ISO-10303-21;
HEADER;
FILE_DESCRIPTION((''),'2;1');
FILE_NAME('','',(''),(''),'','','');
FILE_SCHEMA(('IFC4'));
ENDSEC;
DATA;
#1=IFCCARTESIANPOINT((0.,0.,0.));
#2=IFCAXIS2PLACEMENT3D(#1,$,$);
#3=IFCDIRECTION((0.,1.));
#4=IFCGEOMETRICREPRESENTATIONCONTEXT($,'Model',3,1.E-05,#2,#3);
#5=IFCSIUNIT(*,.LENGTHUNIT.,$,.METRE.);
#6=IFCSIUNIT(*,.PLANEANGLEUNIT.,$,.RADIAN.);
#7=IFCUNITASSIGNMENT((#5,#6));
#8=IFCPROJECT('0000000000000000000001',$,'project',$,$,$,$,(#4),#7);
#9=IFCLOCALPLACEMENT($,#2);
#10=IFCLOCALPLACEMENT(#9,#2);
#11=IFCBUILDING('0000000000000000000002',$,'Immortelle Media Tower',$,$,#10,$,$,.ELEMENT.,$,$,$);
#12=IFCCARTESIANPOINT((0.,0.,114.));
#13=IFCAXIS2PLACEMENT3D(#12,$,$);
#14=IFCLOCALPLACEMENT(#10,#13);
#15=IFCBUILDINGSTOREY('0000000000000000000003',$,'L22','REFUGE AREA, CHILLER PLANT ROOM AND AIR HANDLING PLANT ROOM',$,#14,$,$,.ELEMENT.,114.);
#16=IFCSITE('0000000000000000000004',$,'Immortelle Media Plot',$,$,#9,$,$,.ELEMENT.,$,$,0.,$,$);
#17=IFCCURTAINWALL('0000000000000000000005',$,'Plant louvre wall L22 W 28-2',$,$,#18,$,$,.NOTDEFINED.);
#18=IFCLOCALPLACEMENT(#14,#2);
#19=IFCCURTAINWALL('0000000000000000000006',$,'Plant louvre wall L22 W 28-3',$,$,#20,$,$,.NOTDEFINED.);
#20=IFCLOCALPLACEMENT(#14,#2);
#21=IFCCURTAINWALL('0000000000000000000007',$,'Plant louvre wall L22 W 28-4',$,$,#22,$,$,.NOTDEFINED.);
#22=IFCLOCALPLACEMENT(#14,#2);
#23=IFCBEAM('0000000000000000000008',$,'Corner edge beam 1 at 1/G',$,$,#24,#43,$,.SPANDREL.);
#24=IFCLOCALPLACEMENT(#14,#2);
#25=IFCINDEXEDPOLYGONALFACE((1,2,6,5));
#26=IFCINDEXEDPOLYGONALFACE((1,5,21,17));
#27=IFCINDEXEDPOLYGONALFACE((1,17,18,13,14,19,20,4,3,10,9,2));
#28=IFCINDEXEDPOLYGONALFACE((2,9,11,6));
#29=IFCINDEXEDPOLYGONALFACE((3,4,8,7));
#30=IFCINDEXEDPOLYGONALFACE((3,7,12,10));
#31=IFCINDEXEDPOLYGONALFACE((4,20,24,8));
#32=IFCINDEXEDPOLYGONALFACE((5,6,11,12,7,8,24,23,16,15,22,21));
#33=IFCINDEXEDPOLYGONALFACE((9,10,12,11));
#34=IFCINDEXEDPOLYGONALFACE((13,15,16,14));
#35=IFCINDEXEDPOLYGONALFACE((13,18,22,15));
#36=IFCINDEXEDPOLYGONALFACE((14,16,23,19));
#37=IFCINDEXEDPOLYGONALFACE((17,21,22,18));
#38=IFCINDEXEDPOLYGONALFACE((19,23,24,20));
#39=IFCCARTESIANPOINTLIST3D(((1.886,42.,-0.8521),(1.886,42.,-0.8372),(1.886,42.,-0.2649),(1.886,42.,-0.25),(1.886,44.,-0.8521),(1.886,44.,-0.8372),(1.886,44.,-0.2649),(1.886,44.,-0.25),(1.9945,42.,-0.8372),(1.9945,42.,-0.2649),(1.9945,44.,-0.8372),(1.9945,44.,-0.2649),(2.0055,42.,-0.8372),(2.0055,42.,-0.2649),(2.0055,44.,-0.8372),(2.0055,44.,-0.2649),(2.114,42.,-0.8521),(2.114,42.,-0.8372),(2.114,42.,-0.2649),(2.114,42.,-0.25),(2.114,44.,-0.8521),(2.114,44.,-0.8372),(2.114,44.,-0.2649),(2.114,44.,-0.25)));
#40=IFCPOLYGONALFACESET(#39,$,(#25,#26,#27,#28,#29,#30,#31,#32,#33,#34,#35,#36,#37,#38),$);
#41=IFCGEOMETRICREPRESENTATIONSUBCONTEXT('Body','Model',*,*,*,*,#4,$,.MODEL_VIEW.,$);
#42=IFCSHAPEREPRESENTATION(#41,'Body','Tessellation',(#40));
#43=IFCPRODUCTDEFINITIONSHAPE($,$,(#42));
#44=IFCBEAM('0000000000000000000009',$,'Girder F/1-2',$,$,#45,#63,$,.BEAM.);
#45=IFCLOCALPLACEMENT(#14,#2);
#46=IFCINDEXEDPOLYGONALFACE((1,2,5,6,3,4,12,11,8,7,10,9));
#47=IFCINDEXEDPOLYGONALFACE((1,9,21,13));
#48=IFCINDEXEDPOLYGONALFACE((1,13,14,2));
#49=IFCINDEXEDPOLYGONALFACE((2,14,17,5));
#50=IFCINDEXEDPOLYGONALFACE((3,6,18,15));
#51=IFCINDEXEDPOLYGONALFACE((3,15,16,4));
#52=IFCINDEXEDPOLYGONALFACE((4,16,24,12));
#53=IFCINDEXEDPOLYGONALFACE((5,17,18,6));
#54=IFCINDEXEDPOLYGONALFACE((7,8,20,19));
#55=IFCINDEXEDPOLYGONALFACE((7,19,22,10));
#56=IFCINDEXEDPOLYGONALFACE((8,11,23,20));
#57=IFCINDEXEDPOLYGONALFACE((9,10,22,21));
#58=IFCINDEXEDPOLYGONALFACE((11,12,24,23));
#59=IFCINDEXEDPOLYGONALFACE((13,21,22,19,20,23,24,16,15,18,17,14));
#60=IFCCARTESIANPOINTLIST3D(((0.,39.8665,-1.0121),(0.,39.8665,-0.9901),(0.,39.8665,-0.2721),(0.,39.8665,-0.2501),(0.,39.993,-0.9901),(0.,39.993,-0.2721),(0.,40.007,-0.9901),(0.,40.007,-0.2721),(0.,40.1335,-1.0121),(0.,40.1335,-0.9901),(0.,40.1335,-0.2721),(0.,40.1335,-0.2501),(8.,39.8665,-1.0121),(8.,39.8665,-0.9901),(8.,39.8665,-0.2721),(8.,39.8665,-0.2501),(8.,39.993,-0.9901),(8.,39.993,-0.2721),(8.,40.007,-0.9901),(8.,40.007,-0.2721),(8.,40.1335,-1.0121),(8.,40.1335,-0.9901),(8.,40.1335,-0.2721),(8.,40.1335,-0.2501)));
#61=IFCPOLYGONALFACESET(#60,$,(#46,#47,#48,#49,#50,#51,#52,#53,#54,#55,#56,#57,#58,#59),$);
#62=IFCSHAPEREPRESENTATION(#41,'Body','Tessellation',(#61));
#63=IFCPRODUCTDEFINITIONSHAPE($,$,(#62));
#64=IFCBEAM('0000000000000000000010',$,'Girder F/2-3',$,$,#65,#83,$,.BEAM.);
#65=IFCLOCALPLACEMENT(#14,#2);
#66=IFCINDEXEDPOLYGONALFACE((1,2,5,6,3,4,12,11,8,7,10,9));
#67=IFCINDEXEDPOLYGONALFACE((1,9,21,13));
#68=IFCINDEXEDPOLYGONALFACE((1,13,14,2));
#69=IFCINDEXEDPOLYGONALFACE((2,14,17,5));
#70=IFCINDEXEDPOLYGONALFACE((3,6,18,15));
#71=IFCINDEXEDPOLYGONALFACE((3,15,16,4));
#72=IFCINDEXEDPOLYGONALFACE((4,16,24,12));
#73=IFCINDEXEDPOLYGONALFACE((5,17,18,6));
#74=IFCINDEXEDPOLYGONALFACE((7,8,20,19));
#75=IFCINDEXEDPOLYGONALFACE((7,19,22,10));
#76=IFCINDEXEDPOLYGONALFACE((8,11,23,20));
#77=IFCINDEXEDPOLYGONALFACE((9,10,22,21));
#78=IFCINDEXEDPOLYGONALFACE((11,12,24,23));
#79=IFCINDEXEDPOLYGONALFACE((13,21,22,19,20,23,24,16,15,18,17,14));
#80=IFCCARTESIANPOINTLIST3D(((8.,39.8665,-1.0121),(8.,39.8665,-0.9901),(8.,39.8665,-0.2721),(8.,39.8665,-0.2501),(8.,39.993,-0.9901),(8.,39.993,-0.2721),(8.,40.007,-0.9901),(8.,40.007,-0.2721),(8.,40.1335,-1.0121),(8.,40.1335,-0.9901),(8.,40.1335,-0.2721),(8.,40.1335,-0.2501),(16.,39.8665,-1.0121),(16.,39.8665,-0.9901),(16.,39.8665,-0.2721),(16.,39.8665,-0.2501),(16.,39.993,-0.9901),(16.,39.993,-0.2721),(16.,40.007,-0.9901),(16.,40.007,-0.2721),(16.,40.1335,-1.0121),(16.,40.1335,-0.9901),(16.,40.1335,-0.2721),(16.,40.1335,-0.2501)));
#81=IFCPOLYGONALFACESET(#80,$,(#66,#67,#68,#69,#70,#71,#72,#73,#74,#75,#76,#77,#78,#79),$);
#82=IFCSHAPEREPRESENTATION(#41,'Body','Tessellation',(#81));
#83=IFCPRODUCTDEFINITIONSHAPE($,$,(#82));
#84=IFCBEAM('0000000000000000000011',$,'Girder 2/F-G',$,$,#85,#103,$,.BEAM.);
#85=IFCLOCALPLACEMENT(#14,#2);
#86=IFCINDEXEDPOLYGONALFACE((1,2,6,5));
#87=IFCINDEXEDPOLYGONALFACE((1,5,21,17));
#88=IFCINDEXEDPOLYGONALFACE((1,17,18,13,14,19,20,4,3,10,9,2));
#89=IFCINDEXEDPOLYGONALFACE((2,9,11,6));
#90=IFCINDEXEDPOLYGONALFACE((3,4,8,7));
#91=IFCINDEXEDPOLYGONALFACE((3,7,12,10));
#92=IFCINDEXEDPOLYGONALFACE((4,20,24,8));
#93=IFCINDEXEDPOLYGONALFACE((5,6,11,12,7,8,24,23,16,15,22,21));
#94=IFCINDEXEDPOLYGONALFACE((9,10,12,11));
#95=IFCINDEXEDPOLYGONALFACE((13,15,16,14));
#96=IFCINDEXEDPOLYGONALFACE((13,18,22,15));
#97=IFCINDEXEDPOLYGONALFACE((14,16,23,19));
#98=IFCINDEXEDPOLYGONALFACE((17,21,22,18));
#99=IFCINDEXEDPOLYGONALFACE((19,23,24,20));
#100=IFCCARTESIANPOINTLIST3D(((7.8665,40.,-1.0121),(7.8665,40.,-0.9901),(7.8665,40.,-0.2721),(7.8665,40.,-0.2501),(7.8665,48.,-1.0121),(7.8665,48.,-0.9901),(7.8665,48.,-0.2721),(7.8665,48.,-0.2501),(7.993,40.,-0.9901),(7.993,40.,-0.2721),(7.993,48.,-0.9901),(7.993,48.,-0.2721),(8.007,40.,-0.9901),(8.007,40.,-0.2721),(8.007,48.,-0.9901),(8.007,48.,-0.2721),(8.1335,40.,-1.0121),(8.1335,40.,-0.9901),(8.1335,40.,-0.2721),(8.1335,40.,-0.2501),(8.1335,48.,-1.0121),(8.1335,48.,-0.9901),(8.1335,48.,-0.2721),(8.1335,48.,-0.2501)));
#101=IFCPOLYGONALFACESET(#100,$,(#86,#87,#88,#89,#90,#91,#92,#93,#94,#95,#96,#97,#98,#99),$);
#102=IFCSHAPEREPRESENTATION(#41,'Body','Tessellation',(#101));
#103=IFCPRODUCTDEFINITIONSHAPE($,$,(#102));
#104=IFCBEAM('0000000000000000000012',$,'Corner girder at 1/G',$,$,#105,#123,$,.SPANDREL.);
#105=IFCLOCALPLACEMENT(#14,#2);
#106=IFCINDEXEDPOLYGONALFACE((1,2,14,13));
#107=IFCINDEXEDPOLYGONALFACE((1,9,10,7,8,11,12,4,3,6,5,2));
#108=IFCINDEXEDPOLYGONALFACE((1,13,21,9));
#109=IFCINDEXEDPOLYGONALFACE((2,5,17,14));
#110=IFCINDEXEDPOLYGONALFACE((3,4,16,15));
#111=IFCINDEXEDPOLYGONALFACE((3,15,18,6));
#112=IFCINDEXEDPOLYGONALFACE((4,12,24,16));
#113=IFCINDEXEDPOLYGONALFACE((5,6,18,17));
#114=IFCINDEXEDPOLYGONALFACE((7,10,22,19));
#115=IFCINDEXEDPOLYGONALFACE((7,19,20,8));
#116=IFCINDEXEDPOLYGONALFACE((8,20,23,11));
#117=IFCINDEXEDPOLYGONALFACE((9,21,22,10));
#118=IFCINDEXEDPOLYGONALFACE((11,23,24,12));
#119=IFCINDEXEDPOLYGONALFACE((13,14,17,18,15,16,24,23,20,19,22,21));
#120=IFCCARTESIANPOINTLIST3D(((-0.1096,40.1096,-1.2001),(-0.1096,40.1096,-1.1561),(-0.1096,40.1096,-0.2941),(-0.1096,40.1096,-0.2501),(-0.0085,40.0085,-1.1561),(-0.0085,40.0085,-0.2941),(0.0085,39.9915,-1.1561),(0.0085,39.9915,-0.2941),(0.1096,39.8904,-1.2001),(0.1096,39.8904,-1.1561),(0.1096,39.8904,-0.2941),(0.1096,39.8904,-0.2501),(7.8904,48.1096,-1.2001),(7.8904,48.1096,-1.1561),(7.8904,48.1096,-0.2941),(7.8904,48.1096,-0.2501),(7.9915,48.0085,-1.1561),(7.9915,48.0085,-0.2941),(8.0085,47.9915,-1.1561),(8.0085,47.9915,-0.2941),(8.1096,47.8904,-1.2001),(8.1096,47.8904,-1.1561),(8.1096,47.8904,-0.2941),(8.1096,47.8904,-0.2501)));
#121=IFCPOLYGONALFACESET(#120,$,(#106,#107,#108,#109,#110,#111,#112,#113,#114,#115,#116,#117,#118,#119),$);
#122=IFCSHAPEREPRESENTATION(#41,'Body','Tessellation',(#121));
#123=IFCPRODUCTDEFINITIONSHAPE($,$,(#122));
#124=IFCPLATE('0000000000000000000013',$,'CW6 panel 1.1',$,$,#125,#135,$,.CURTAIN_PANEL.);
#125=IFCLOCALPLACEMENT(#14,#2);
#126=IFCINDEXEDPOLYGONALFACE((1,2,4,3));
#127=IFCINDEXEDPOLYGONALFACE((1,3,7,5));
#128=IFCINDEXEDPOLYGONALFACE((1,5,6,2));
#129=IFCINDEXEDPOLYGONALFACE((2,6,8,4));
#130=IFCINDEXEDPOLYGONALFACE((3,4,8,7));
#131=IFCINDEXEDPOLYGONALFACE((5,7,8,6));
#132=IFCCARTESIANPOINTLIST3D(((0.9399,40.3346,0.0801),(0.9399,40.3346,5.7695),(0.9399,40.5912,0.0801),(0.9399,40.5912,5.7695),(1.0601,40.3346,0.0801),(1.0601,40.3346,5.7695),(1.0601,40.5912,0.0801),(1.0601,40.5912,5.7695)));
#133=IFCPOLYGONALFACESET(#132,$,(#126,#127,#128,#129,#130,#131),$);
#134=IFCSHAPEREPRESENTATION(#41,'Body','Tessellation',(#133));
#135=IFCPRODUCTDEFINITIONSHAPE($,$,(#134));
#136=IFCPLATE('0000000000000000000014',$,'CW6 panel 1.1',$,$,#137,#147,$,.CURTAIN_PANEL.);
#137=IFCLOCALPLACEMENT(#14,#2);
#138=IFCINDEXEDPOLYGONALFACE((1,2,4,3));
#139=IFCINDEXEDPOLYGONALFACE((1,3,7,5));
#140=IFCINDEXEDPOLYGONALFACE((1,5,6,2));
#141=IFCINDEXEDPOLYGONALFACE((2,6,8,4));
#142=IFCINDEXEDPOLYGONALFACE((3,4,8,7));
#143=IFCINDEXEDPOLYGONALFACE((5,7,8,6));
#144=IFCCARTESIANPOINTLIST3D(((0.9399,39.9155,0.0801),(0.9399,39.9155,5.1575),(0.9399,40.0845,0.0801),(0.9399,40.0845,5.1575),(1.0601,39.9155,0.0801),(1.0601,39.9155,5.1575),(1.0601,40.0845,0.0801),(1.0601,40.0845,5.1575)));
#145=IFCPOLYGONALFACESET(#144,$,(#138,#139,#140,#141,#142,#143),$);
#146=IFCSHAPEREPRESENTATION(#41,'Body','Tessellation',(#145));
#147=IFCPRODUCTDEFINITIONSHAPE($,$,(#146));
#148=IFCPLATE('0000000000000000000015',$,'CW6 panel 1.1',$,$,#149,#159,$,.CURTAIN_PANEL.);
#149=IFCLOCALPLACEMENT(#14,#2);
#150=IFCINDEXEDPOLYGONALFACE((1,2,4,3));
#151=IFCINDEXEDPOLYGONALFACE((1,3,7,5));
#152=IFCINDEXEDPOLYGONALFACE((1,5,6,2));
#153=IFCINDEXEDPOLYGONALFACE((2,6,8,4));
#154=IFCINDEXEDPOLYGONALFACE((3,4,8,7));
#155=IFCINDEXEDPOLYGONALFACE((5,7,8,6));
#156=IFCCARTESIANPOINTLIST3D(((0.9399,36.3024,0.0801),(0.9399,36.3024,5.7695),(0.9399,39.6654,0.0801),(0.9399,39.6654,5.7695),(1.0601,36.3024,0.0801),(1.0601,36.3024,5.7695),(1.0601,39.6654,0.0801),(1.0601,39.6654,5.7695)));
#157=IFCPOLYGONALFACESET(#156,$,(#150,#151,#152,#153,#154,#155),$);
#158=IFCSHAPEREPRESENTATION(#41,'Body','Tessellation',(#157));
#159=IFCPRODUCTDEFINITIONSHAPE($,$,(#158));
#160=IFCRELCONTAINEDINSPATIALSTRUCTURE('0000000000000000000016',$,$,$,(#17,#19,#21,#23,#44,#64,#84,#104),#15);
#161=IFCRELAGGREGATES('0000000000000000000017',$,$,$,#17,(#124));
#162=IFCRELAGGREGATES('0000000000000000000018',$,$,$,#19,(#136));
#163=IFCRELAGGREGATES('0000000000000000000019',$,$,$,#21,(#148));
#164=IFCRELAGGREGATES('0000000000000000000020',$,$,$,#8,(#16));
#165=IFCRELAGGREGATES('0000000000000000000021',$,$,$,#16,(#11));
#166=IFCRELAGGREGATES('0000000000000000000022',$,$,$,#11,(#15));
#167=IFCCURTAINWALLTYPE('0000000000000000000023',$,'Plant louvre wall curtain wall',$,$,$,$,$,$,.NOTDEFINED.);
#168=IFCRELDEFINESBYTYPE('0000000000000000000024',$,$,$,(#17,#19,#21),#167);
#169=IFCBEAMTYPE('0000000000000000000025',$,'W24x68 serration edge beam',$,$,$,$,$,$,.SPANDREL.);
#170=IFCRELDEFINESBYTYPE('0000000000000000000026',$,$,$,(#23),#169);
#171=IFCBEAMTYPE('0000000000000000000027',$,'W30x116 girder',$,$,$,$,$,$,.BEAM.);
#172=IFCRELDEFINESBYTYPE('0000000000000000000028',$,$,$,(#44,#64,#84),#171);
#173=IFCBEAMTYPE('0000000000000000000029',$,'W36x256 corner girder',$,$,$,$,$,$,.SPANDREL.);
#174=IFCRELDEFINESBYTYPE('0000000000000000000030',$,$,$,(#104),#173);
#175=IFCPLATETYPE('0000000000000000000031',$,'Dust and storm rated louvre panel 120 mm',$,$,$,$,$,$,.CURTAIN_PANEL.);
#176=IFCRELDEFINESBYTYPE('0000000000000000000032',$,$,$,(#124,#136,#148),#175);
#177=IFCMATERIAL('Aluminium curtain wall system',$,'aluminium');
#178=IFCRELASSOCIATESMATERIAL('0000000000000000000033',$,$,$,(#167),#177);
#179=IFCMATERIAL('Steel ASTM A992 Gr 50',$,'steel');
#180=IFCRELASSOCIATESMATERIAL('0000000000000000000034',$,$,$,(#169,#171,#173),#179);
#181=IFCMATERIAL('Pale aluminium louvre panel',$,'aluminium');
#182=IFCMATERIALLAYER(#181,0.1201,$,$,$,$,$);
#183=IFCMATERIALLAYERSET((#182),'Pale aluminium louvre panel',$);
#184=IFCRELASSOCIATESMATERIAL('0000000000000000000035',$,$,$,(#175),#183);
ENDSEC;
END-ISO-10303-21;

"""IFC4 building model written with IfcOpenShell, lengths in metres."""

from ifc_helpers import new_model, si_unit, direction, frame, origin, origin_2d, place, context, subcontext, project, spatial, rectangle, i_section, extrude, material, layer, layer_set, material_profile, profile_set, type_object, element, aggregate, save


model = new_model("IFC4")

# Units and contexts
model_context = context("Model", 3, precision=1e-05, world=origin(), true_north=direction((0.0, 1.0)))
body_context = subcontext(model_context, "Body", "Model", "MODEL_VIEW")
ifc_project = project(units=[si_unit("LENGTHUNIT", "METRE"), si_unit("PLANEANGLEUNIT", "RADIAN")], contexts=[model_context])

# Site, building, storey
site_placement = place(None, origin())
site = spatial("IfcSite", under=ifc_project, at=site_placement, Name="Immortelle Media Plot", CompositionType="ELEMENT", RefElevation=0.0)
building_placement = place(site_placement, origin())
building = spatial("IfcBuilding", under=site, at=building_placement, Name="Immortelle Media Tower", CompositionType="ELEMENT")
storey_placement = place(building_placement, frame((0.0, 0.0, 114.0)))
storey = spatial("IfcBuildingStorey", under=building, at=storey_placement, Name="L22", Description="REFUGE AREA, CHILLER PLANT ROOM AND AIR HANDLING PLANT ROOM", CompositionType="ELEMENT", Elevation=114.0)

# Shared definitions
ifc_material_1 = material(Name="Steel ASTM A992 Gr 50", Category="steel")

# Curtain walls
ifc_material_2 = material(Name="Aluminium curtain wall system", Category="aluminium")
curtain_wall_type = type_object("IfcCurtainWallType", Name="Plant louvre wall curtain wall", PredefinedType="NOTDEFINED", material=ifc_material_2)
curtain_wall_1_placement = place(storey_placement, origin())
curtain_wall_1 = element("IfcCurtainWall", 1, at=curtain_wall_1_placement, inside=storey, type_object=curtain_wall_type, Name="Plant louvre wall L22 W 28-2", PredefinedType="NOTDEFINED")
curtain_wall_2_placement = place(storey_placement, origin())
curtain_wall_2 = element("IfcCurtainWall", 2, at=curtain_wall_2_placement, inside=storey, type_object=curtain_wall_type, Name="Plant louvre wall L22 W 28-3", PredefinedType="NOTDEFINED")

# Curtain wall
curtain_wall_3_placement = place(storey_placement, origin())
curtain_wall_3 = element("IfcCurtainWall", 3, at=curtain_wall_3_placement, inside=storey, type_object=curtain_wall_type, Name="Plant louvre wall L22 W 28-4", PredefinedType="NOTDEFINED")

# Beams
ifc_material_profile_1 = material_profile(ifc_material_1, i_section(OverallWidth=0.228, OverallDepth=0.6021, WebThickness=0.011, FlangeThickness=0.0149, at=origin_2d()), Name="W24x68")
ifc_profile_set_1 = profile_set([ifc_material_profile_1], Name="Steel ASTM A992 Gr 50")
beam_type_1 = type_object("IfcBeamType", Name="W24x68 serration edge beam", PredefinedType="SPANDREL", material=ifc_profile_set_1)
beam_1_placement = place(storey_placement, frame((2.0, 42.0, -0.551), z_axis=(0.0, 1.0, 0.0), x_axis=(-1.0, 0.0, 0.0)))
element("IfcBeam", 4, at=beam_1_placement, inside=storey, type_object=beam_type_1, Name="Corner edge beam 1 at 1/G", PredefinedType="SPANDREL", context=body_context, shape_type="SweptSolid", body=[
    extrude(i_section(OverallWidth=0.228, OverallDepth=0.6021, WebThickness=0.011, FlangeThickness=0.0149, at=origin_2d()), origin(), (0.0, 0.0, 1.0), 2.0),
])
ifc_material_profile_2 = material_profile(ifc_material_1, i_section(OverallWidth=0.2671, OverallDepth=0.762, WebThickness=0.0139, FlangeThickness=0.022, at=origin_2d()), Name="W30x116")
ifc_profile_set_2 = profile_set([ifc_material_profile_2], Name="Steel ASTM A992 Gr 50")
beam_type_2 = type_object("IfcBeamType", Name="W30x116 girder", PredefinedType="BEAM", material=ifc_profile_set_2)
for number, where, z_axis, x_axis, name in (
    (5, (0.0, 40.0, -0.6311), (1.0, 0.0, 0.0), (0.0, 1.0, 0.0), "Girder F/1-2"),
    (6, (8.0, 40.0, -0.6311), (1.0, 0.0, 0.0), (0.0, 1.0, 0.0), "Girder F/2-3"),
    (7, (8.0, 40.0, -0.6311), (0.0, 1.0, 0.0), (-1.0, 0.0, 0.0), "Girder 2/F-G"),
):
    element("IfcBeam", number, at=place(storey_placement, frame(where, z_axis=z_axis, x_axis=x_axis)), inside=storey, type_object=beam_type_2, Name=name, PredefinedType="BEAM", context=body_context, shape_type="SweptSolid", body=[
        extrude(i_section(OverallWidth=0.2671, OverallDepth=0.762, WebThickness=0.0139, FlangeThickness=0.022, at=origin_2d()), origin(), (0.0, 0.0, 1.0), 8.0),
    ])
ifc_material_profile_3 = material_profile(ifc_material_1, i_section(OverallWidth=0.3101, OverallDepth=0.95, WebThickness=0.0239, FlangeThickness=0.0439, at=origin_2d()), Name="W36x256")
ifc_profile_set_3 = profile_set([ifc_material_profile_3], Name="Steel ASTM A992 Gr 50")
beam_type_3 = type_object("IfcBeamType", Name="W36x256 corner girder", PredefinedType="SPANDREL", material=ifc_profile_set_3)
beam_2_placement = place(storey_placement, frame((0.0, 40.0, -0.7251), z_axis=(0.707107, 0.707107, 0.0), x_axis=(-0.707107, 0.707107, 0.0)))
element("IfcBeam", 8, at=beam_2_placement, inside=storey, type_object=beam_type_3, Name="Corner girder at 1/G", PredefinedType="SPANDREL", context=body_context, shape_type="SweptSolid", body=[
    extrude(i_section(OverallWidth=0.3101, OverallDepth=0.95, WebThickness=0.0239, FlangeThickness=0.0439, at=origin_2d()), origin(), (0.0, 0.0, 1.0), 11.3137),
])

# Plates
ifc_material_3 = material(Name="Pale aluminium louvre panel", Category="aluminium")
ifc_layer_1 = layer(ifc_material_3, 0.1201)
ifc_layer_set_1 = layer_set([ifc_layer_1], Name="Pale aluminium louvre panel")
plate_type = type_object("IfcPlateType", Name="Dust and storm rated louvre panel 120 mm", PredefinedType="CURTAIN_PANEL", material=ifc_layer_set_1)
plate_1_placement = place(storey_placement, frame((1.0, 40.4629, 0.0801), z_axis=(0.0, 0.0, 1.0), x_axis=(0.0, -1.0, 0.0)))
plate_1 = element("IfcPlate", 9, at=plate_1_placement, type_object=plate_type, Name="CW6 panel 1.1", PredefinedType="CURTAIN_PANEL", context=body_context, shape_type="SweptSolid", body=[
    extrude(rectangle(XDim=0.2566, YDim=0.1201, at=origin_2d()), origin(), (0.0, 0.0, 1.0), 5.6895),
])
aggregate(curtain_wall_1, [plate_1])
plate_2_placement = place(storey_placement, frame((1.0, 40.0, 0.0801), z_axis=(0.0, 0.0, 1.0), x_axis=(0.0, -1.0, 0.0)))
plate_2 = element("IfcPlate", 10, at=plate_2_placement, type_object=plate_type, Name="CW6 panel 1.1", PredefinedType="CURTAIN_PANEL", context=body_context, shape_type="SweptSolid", body=[
    extrude(rectangle(XDim=0.1689, YDim=0.1201, at=origin_2d()), origin(), (0.0, 0.0, 1.0), 5.0774),
])
aggregate(curtain_wall_2, [plate_2])
plate_3_placement = place(storey_placement, frame((1.0, 37.9839, 0.0801), z_axis=(0.0, 0.0, 1.0), x_axis=(0.0, -1.0, 0.0)))
plate_3 = element("IfcPlate", 11, at=plate_3_placement, type_object=plate_type, Name="CW6 panel 1.1", PredefinedType="CURTAIN_PANEL", context=body_context, shape_type="SweptSolid", body=[
    extrude(rectangle(XDim=3.363, YDim=0.1201, at=origin_2d()), origin(), (0.0, 0.0, 1.0), 5.6895),
])
aggregate(curtain_wall_3, [plate_3])

save(model, "model.ifc")
